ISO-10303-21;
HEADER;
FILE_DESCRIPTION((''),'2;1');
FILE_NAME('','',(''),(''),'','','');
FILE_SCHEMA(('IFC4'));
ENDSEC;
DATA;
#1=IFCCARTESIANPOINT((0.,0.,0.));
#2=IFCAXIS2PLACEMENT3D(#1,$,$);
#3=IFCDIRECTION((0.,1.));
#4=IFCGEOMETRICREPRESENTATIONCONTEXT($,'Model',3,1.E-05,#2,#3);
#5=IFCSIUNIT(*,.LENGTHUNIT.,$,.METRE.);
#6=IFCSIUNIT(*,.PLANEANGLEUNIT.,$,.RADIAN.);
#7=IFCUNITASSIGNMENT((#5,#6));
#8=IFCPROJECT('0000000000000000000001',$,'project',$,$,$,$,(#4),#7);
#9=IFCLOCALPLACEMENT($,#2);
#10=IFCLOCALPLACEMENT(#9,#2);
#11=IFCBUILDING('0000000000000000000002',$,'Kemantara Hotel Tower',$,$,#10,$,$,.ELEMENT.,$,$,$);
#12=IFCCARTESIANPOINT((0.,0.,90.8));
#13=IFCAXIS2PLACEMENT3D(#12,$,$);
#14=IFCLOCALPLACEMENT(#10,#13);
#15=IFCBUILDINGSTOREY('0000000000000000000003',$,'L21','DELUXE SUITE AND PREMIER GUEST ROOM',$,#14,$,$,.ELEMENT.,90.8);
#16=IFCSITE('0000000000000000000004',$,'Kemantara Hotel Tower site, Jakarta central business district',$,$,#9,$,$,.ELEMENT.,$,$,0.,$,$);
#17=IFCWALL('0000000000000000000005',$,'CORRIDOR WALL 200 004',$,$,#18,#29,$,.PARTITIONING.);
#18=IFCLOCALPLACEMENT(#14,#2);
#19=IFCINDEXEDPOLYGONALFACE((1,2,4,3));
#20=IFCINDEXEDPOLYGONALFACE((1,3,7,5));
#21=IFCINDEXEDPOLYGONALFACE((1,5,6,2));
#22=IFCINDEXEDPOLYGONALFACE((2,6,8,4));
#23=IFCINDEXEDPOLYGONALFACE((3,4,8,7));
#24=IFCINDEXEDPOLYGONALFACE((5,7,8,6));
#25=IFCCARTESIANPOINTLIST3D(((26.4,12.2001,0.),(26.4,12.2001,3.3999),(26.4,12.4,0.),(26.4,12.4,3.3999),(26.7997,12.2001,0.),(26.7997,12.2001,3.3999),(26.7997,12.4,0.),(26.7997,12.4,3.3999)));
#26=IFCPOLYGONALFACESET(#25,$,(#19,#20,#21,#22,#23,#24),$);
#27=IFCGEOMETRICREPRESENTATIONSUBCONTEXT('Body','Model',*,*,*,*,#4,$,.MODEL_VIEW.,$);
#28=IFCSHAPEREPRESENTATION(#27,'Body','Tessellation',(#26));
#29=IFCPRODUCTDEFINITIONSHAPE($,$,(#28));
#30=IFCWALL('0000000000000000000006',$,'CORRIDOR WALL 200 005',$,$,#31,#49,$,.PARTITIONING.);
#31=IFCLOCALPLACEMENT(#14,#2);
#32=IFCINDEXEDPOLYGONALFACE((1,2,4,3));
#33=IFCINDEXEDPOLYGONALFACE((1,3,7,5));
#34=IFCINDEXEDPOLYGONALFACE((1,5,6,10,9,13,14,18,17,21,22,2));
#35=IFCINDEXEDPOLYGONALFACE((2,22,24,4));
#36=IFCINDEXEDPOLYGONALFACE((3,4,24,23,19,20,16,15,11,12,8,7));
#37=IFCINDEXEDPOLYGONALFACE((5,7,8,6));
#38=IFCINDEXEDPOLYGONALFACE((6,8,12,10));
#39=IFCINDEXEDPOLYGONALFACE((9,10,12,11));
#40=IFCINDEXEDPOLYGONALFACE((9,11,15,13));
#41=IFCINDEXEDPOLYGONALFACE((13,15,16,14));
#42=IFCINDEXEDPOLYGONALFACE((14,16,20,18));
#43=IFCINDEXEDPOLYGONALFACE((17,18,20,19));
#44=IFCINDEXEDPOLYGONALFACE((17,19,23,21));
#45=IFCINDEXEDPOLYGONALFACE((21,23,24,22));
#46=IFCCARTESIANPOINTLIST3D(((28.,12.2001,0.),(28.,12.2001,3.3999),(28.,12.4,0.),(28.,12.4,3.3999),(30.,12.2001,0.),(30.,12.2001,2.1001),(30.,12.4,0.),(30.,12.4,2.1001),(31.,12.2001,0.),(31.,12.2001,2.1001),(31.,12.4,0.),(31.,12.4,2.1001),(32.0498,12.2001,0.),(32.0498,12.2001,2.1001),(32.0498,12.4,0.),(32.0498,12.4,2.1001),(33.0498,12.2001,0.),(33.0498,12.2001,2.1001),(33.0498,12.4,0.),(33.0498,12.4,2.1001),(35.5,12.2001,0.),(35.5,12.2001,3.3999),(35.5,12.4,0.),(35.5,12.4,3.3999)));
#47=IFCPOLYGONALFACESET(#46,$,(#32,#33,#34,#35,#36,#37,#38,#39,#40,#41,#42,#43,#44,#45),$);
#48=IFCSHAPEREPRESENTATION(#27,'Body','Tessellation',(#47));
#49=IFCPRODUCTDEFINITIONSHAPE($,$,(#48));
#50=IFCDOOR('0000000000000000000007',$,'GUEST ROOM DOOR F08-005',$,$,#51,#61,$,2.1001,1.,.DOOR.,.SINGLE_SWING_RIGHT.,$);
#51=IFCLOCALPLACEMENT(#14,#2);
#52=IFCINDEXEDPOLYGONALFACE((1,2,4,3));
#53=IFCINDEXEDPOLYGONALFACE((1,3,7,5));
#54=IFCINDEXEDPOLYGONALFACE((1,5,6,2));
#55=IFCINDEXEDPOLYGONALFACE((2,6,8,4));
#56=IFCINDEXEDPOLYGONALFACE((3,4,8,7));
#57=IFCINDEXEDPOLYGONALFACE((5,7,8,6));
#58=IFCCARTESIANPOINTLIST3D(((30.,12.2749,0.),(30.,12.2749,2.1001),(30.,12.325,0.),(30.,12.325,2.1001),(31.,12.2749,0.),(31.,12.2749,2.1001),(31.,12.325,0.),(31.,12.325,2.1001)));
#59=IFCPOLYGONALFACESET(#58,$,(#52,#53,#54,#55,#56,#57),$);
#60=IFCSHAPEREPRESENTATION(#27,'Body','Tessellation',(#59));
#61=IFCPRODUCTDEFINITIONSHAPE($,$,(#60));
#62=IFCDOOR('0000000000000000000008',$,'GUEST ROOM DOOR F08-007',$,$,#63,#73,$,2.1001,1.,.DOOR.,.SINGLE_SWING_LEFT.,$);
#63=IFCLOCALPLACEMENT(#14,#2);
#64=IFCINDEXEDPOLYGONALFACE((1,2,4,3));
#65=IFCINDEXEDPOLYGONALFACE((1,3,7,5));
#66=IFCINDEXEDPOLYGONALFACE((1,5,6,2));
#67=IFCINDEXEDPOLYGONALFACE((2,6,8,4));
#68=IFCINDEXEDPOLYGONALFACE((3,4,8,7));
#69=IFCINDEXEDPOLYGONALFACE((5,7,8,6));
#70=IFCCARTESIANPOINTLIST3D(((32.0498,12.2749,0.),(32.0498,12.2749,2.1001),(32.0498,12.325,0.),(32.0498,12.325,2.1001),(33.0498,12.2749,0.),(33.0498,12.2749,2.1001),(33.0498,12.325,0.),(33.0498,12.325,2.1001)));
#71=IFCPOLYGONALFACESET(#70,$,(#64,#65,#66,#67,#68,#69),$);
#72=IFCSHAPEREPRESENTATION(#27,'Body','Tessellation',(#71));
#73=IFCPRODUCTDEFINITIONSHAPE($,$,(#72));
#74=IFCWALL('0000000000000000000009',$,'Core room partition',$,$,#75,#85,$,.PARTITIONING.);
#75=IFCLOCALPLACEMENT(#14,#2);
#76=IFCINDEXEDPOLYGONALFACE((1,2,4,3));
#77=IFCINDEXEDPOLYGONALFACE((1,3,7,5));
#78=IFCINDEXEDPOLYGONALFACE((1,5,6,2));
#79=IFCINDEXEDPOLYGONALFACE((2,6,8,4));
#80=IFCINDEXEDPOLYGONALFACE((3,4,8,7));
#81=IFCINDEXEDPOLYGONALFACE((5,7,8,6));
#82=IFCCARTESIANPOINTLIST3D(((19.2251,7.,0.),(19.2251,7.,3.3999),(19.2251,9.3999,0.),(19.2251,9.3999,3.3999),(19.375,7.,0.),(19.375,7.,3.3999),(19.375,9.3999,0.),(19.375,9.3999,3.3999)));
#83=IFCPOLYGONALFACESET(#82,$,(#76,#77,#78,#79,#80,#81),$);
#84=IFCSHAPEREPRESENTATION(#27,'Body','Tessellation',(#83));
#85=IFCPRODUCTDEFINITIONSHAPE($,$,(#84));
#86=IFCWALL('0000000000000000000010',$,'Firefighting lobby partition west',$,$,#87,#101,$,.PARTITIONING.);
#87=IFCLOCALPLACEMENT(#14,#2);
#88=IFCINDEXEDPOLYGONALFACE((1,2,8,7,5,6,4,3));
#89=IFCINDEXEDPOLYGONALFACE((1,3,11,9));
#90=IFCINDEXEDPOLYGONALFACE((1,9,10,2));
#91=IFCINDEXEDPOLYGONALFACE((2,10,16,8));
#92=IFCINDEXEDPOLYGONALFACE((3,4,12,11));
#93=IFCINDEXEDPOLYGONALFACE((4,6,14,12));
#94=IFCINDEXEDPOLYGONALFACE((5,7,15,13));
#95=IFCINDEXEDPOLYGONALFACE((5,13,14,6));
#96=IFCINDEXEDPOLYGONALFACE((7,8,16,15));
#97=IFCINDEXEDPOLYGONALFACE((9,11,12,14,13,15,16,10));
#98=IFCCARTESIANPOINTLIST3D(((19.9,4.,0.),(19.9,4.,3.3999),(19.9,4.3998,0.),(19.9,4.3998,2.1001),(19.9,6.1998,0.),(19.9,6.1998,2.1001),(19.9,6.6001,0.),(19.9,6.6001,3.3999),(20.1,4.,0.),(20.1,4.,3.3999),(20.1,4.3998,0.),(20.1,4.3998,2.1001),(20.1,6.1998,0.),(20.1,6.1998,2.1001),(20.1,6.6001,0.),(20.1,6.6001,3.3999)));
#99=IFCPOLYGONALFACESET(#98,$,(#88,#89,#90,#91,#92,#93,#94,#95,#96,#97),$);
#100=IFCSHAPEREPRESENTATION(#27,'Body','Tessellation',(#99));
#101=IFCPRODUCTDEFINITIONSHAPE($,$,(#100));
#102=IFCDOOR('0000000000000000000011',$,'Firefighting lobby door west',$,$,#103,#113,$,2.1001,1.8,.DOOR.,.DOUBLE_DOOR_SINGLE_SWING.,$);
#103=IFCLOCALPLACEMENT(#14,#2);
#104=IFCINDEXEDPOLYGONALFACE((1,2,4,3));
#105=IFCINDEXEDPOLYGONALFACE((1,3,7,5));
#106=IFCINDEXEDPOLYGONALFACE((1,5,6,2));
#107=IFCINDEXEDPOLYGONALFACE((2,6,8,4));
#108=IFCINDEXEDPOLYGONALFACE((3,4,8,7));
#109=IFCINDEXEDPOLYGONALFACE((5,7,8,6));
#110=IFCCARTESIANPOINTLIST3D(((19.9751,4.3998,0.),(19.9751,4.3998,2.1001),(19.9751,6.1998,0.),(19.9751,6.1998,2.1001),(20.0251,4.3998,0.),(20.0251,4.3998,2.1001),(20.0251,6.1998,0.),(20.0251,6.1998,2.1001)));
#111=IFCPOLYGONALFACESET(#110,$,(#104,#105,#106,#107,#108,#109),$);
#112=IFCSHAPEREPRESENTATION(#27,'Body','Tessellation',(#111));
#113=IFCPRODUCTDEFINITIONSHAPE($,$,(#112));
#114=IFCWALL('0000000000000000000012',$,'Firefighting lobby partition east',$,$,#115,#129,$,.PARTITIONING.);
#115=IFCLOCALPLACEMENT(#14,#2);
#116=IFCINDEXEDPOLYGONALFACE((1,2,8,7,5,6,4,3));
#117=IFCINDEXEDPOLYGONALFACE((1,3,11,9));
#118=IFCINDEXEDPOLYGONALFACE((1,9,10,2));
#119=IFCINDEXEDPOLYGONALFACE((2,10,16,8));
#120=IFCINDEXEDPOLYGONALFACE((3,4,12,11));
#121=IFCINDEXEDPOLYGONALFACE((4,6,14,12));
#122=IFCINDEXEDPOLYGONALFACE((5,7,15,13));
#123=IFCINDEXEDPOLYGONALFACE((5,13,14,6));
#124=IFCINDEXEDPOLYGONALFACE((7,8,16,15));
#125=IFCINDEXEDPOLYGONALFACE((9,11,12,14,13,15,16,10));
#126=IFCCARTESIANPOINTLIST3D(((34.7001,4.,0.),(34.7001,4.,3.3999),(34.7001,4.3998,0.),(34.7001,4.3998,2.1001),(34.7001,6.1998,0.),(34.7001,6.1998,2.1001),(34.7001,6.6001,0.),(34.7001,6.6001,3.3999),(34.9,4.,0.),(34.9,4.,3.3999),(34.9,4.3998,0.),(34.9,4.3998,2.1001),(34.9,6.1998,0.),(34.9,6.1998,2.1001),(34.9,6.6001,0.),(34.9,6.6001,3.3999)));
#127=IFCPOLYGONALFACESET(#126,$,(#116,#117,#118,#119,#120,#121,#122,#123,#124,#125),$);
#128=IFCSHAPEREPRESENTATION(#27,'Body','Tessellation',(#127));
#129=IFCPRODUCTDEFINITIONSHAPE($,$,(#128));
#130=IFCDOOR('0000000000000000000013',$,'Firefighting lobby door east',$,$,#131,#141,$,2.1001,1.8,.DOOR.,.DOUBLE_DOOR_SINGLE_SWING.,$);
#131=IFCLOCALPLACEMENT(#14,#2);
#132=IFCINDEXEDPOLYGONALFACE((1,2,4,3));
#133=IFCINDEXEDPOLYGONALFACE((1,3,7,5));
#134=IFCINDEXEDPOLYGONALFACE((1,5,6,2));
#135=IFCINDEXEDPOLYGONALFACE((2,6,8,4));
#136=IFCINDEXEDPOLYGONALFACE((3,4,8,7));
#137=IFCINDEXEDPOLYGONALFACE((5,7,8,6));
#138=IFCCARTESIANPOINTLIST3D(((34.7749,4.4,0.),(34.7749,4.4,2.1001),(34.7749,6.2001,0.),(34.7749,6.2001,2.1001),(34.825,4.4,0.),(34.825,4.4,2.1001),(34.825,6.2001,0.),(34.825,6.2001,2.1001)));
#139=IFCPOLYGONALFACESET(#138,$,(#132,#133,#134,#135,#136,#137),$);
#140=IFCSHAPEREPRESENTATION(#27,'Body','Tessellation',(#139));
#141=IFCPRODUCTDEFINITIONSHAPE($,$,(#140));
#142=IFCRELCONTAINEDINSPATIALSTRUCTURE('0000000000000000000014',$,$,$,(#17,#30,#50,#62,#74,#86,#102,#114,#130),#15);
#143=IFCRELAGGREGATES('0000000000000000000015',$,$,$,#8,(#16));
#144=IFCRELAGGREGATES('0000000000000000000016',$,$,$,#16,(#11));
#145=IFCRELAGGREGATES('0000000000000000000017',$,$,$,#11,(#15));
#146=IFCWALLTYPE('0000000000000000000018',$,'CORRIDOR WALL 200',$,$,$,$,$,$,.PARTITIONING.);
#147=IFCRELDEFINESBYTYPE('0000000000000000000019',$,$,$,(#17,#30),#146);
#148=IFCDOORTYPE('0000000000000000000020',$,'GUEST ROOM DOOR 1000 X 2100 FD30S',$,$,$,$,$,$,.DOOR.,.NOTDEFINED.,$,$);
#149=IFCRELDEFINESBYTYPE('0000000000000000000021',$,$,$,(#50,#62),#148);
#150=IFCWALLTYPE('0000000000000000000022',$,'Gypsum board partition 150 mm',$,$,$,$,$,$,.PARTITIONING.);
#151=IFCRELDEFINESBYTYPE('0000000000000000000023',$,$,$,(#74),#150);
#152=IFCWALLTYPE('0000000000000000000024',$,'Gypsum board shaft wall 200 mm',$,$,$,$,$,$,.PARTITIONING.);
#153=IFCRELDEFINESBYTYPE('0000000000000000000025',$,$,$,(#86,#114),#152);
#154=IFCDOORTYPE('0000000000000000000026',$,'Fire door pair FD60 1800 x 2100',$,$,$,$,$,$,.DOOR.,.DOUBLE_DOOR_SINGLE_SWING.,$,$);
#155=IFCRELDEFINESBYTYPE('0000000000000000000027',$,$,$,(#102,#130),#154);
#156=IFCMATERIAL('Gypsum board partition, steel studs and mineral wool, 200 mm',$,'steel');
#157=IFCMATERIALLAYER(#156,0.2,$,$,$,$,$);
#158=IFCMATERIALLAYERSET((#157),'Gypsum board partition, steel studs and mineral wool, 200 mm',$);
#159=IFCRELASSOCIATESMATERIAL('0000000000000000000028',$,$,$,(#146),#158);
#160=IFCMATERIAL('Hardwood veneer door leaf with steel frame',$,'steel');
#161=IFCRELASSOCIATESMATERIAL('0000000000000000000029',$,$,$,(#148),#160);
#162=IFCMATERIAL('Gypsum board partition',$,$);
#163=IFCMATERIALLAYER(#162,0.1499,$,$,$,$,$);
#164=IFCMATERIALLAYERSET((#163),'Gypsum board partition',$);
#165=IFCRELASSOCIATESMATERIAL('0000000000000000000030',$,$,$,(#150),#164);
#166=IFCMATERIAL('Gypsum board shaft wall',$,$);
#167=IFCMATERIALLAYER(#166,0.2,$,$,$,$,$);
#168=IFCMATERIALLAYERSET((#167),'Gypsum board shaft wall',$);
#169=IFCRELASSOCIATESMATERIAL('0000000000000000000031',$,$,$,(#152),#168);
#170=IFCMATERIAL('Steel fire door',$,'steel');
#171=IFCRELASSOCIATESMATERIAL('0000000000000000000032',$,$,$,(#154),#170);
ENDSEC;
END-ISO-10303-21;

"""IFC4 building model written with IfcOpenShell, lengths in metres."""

from ifc_helpers import new_model, si_unit, direction, frame, frame_2d, origin, place, context, subcontext, project, spatial, rectangle, extrude, material, layer, layer_set, type_object, element, fill, save


model = new_model("IFC4")

# Units and contexts
model_context = context("Model", 3, precision=1e-05, world=origin(), true_north=direction((0.0, 1.0)))
body_context = subcontext(model_context, "Body", "Model", "MODEL_VIEW")
ifc_project = project(units=[si_unit("LENGTHUNIT", "METRE"), si_unit("PLANEANGLEUNIT", "RADIAN")], contexts=[model_context])

# Site, building, storey
site_placement = place(None, origin())
site = spatial("IfcSite", under=ifc_project, at=site_placement, Name="Kemantara Hotel Tower site, Jakarta central business district", CompositionType="ELEMENT", RefElevation=0.0)
building_placement = place(site_placement, origin())
building = spatial("IfcBuilding", under=site, at=building_placement, Name="Kemantara Hotel Tower", CompositionType="ELEMENT")
storey_placement = place(building_placement, frame((0.0, 0.0, 90.8)))
storey = spatial("IfcBuildingStorey", under=building, at=storey_placement, Name="L21", Description="DELUXE SUITE AND PREMIER GUEST ROOM", CompositionType="ELEMENT", Elevation=90.8)

# Shared definitions
ifc_material_1 = material(Name="Steel fire door", Category="steel")

# Wall
ifc_material_2 = material(Name="Gypsum board partition, steel studs and mineral wool, 200 mm", Category="steel")
ifc_layer_1 = layer(ifc_material_2, 0.2)
ifc_layer_set_1 = layer_set([ifc_layer_1], Name="Gypsum board partition, steel studs and mineral wool, 200 mm")
wall_type_1 = type_object("IfcWallType", Name="CORRIDOR WALL 200", PredefinedType="PARTITIONING", material=ifc_layer_set_1)
wall_1_placement = place(storey_placement, frame((26.4001, 12.3, 0.0), z_axis=(0.0, 0.0, 1.0), x_axis=(1.0, 0.0, 0.0)))
element("IfcWall", 1, at=wall_1_placement, inside=storey, type_object=wall_type_1, Name="CORRIDOR WALL 200 004", PredefinedType="PARTITIONING", context=body_context, shape_type="SweptSolid", body=[
    extrude(rectangle(XDim=0.3997, YDim=0.2, at=frame_2d((0.1997, 0.0))), origin(), (0.0, 0.0, 1.0), 3.3999),
])

# Wall, openings, doors
wall_2_placement = place(storey_placement, frame((28.0, 12.3, 0.0), z_axis=(0.0, 0.0, 1.0), x_axis=(1.0, 0.0, 0.0)))
wall_2 = element("IfcWall", 2, at=wall_2_placement, inside=storey, type_object=wall_type_1, Name="CORRIDOR WALL 200 005", PredefinedType="PARTITIONING", context=body_context, shape_type="SweptSolid", body=[
    extrude(rectangle(XDim=7.5, YDim=0.2, at=frame_2d((3.75, 0.0))), origin(), (0.0, 0.0, 1.0), 3.3999),
])
opening_1_placement = place(wall_2_placement, frame((2.0, 0.0, 0.0)))
opening_1 = element("IfcOpeningElement", 3, at=opening_1_placement, cuts=wall_2, PredefinedType="OPENING", context=body_context, shape_type="SweptSolid", body=[
    extrude(rectangle(XDim=1.0, YDim=2.1001, at=frame_2d((0.5, 1.05))), frame((0.0, 0.1099, 0.0), z_axis=(0.0, -1.0, 0.0), x_axis=(1.0, 0.0, 0.0)), (0.0, 0.0, 1.0), 0.22),
])
opening_2_placement = place(wall_2_placement, frame((4.0498, 0.0, 0.0)))
opening_2 = element("IfcOpeningElement", 4, at=opening_2_placement, cuts=wall_2, PredefinedType="OPENING", context=body_context, shape_type="SweptSolid", body=[
    extrude(rectangle(XDim=1.0, YDim=2.1001, at=frame_2d((0.5, 1.05))), frame((0.0, 0.1099, 0.0), z_axis=(0.0, -1.0, 0.0), x_axis=(1.0, 0.0, 0.0)), (0.0, 0.0, 1.0), 0.22),
])
ifc_material_3 = material(Name="Hardwood veneer door leaf with steel frame", Category="steel")
door_type_1 = type_object("IfcDoorType", Name="GUEST ROOM DOOR 1000 X 2100 FD30S", OperationType="NOTDEFINED", PredefinedType="DOOR", material=ifc_material_3)
door_1_placement = place(opening_1_placement, origin())
door_1 = element("IfcDoor", 5, at=door_1_placement, inside=storey, type_object=door_type_1, Name="GUEST ROOM DOOR F08-005", OperationType="SINGLE_SWING_RIGHT", OverallHeight=2.1001, OverallWidth=1.0, PredefinedType="DOOR", context=body_context, shape_type="SweptSolid", body=[
    extrude(rectangle(XDim=1.0, YDim=2.1001, at=frame_2d((0.5, 1.05))), frame((0.0, 0.0249, 0.0), z_axis=(0.0, -1.0, 0.0), x_axis=(1.0, 0.0, 0.0)), (0.0, 0.0, 1.0), 0.05),
])
fill(opening_1, door_1)
door_2_placement = place(opening_2_placement, origin())
door_2 = element("IfcDoor", 6, at=door_2_placement, inside=storey, type_object=door_type_1, Name="GUEST ROOM DOOR F08-007", OperationType="SINGLE_SWING_LEFT", OverallHeight=2.1001, OverallWidth=1.0, PredefinedType="DOOR", context=body_context, shape_type="SweptSolid", body=[
    extrude(rectangle(XDim=1.0, YDim=2.1001, at=frame_2d((0.5, 1.05))), frame((0.0, 0.0249, 0.0), z_axis=(0.0, -1.0, 0.0), x_axis=(1.0, 0.0, 0.0)), (0.0, 0.0, 1.0), 0.05),
])
fill(opening_2, door_2)

# Wall
ifc_material_4 = material(Name="Gypsum board partition")
ifc_layer_2 = layer(ifc_material_4, 0.1499)
ifc_layer_set_2 = layer_set([ifc_layer_2], Name="Gypsum board partition")
wall_type_2 = type_object("IfcWallType", Name="Gypsum board partition 150 mm", PredefinedType="PARTITIONING", material=ifc_layer_set_2)
wall_3_placement = place(storey_placement, frame((19.3, 7.0, 0.0), z_axis=(0.0, 0.0, 1.0), x_axis=(0.0, 1.0, 0.0)))
element("IfcWall", 7, at=wall_3_placement, inside=storey, type_object=wall_type_2, Name="Core room partition", PredefinedType="PARTITIONING", context=body_context, shape_type="SweptSolid", body=[
    extrude(rectangle(XDim=2.3999, YDim=0.1499, at=frame_2d((1.2, 0.0))), origin(), (0.0, 0.0, 1.0), 3.3999),
])

# Walls, openings, doors
ifc_material_5 = material(Name="Gypsum board shaft wall")
ifc_layer_3 = layer(ifc_material_5, 0.2)
ifc_layer_set_3 = layer_set([ifc_layer_3], Name="Gypsum board shaft wall")
wall_type_3 = type_object("IfcWallType", Name="Gypsum board shaft wall 200 mm", PredefinedType="PARTITIONING", material=ifc_layer_set_3)
wall_4_placement = place(storey_placement, frame((20.0, 4.0, 0.0), z_axis=(0.0, 0.0, 1.0), x_axis=(0.0, 1.0, 0.0)))
wall_4 = element("IfcWall", 8, at=wall_4_placement, inside=storey, type_object=wall_type_3, Name="Firefighting lobby partition west", PredefinedType="PARTITIONING", context=body_context, shape_type="SweptSolid", body=[
    extrude(rectangle(XDim=2.6001, YDim=0.2, at=frame_2d((1.3, 0.0))), origin(), (0.0, 0.0, 1.0), 3.3999),
])
opening_3_placement = place(wall_4_placement, frame((0.3999, 0.0, 0.0)))
opening_3 = element("IfcOpeningElement", 9, at=opening_3_placement, cuts=wall_4, PredefinedType="OPENING", context=body_context, shape_type="SweptSolid", body=[
    extrude(rectangle(XDim=1.8, YDim=2.1001, at=frame_2d((0.8999, 1.05))), frame((0.0, 0.1099, 0.0), z_axis=(0.0, -1.0, 0.0), x_axis=(1.0, 0.0, 0.0)), (0.0, 0.0, 1.0), 0.22),
])
door_type_2 = type_object("IfcDoorType", Name="Fire door pair FD60 1800 x 2100", OperationType="DOUBLE_DOOR_SINGLE_SWING", PredefinedType="DOOR", material=ifc_material_1)
door_3_placement = place(opening_3_placement, origin())
door_3 = element("IfcDoor", 10, at=door_3_placement, inside=storey, type_object=door_type_2, Name="Firefighting lobby door west", OperationType="DOUBLE_DOOR_SINGLE_SWING", OverallHeight=2.1001, OverallWidth=1.8, PredefinedType="DOOR", context=body_context, shape_type="SweptSolid", body=[
    extrude(rectangle(XDim=1.8, YDim=2.1001, at=frame_2d((0.8999, 1.05))), frame((0.0, 0.0249, 0.0), z_axis=(0.0, -1.0, 0.0), x_axis=(1.0, 0.0, 0.0)), (0.0, 0.0, 1.0), 0.05),
])
fill(opening_3, door_3)
wall_5_placement = place(storey_placement, frame((34.8, 4.0, 0.0), z_axis=(0.0, 0.0, 1.0), x_axis=(0.0, 1.0, 0.0)))
wall_5 = element("IfcWall", 11, at=wall_5_placement, inside=storey, type_object=wall_type_3, Name="Firefighting lobby partition east", PredefinedType="PARTITIONING", context=body_context, shape_type="SweptSolid", body=[
    extrude(rectangle(XDim=2.6001, YDim=0.2, at=frame_2d((1.3, 0.0))), origin(), (0.0, 0.0, 1.0), 3.3999),
])
opening_4_placement = place(wall_5_placement, frame((0.3999, 0.0, 0.0)))
opening_4 = element("IfcOpeningElement", 12, at=opening_4_placement, cuts=wall_5, PredefinedType="OPENING", context=body_context, shape_type="SweptSolid", body=[
    extrude(rectangle(XDim=1.8, YDim=2.1001, at=frame_2d((0.8999, 1.05))), frame((0.0, 0.1099, 0.0), z_axis=(0.0, -1.0, 0.0), x_axis=(1.0, 0.0, 0.0)), (0.0, 0.0, 1.0), 0.22),
])
door_4_placement = place(opening_4_placement, frame((1.8, 0.0, 0.0), z_axis=(0.0, 0.0, 1.0), x_axis=(-1.0, 0.0, 0.0)))
door_4 = element("IfcDoor", 13, at=door_4_placement, inside=storey, type_object=door_type_2, Name="Firefighting lobby door east", OperationType="DOUBLE_DOOR_SINGLE_SWING", OverallHeight=2.1001, OverallWidth=1.8, PredefinedType="DOOR", context=body_context, shape_type="SweptSolid", body=[
    extrude(rectangle(XDim=1.8, YDim=2.1001, at=frame_2d((0.8999, 1.05))), frame((0.0, 0.0249, 0.0), z_axis=(0.0, -1.0, 0.0), x_axis=(1.0, 0.0, 0.0)), (0.0, 0.0, 1.0), 0.05),
])
fill(opening_4, door_4)

save(model, "model.ifc")
